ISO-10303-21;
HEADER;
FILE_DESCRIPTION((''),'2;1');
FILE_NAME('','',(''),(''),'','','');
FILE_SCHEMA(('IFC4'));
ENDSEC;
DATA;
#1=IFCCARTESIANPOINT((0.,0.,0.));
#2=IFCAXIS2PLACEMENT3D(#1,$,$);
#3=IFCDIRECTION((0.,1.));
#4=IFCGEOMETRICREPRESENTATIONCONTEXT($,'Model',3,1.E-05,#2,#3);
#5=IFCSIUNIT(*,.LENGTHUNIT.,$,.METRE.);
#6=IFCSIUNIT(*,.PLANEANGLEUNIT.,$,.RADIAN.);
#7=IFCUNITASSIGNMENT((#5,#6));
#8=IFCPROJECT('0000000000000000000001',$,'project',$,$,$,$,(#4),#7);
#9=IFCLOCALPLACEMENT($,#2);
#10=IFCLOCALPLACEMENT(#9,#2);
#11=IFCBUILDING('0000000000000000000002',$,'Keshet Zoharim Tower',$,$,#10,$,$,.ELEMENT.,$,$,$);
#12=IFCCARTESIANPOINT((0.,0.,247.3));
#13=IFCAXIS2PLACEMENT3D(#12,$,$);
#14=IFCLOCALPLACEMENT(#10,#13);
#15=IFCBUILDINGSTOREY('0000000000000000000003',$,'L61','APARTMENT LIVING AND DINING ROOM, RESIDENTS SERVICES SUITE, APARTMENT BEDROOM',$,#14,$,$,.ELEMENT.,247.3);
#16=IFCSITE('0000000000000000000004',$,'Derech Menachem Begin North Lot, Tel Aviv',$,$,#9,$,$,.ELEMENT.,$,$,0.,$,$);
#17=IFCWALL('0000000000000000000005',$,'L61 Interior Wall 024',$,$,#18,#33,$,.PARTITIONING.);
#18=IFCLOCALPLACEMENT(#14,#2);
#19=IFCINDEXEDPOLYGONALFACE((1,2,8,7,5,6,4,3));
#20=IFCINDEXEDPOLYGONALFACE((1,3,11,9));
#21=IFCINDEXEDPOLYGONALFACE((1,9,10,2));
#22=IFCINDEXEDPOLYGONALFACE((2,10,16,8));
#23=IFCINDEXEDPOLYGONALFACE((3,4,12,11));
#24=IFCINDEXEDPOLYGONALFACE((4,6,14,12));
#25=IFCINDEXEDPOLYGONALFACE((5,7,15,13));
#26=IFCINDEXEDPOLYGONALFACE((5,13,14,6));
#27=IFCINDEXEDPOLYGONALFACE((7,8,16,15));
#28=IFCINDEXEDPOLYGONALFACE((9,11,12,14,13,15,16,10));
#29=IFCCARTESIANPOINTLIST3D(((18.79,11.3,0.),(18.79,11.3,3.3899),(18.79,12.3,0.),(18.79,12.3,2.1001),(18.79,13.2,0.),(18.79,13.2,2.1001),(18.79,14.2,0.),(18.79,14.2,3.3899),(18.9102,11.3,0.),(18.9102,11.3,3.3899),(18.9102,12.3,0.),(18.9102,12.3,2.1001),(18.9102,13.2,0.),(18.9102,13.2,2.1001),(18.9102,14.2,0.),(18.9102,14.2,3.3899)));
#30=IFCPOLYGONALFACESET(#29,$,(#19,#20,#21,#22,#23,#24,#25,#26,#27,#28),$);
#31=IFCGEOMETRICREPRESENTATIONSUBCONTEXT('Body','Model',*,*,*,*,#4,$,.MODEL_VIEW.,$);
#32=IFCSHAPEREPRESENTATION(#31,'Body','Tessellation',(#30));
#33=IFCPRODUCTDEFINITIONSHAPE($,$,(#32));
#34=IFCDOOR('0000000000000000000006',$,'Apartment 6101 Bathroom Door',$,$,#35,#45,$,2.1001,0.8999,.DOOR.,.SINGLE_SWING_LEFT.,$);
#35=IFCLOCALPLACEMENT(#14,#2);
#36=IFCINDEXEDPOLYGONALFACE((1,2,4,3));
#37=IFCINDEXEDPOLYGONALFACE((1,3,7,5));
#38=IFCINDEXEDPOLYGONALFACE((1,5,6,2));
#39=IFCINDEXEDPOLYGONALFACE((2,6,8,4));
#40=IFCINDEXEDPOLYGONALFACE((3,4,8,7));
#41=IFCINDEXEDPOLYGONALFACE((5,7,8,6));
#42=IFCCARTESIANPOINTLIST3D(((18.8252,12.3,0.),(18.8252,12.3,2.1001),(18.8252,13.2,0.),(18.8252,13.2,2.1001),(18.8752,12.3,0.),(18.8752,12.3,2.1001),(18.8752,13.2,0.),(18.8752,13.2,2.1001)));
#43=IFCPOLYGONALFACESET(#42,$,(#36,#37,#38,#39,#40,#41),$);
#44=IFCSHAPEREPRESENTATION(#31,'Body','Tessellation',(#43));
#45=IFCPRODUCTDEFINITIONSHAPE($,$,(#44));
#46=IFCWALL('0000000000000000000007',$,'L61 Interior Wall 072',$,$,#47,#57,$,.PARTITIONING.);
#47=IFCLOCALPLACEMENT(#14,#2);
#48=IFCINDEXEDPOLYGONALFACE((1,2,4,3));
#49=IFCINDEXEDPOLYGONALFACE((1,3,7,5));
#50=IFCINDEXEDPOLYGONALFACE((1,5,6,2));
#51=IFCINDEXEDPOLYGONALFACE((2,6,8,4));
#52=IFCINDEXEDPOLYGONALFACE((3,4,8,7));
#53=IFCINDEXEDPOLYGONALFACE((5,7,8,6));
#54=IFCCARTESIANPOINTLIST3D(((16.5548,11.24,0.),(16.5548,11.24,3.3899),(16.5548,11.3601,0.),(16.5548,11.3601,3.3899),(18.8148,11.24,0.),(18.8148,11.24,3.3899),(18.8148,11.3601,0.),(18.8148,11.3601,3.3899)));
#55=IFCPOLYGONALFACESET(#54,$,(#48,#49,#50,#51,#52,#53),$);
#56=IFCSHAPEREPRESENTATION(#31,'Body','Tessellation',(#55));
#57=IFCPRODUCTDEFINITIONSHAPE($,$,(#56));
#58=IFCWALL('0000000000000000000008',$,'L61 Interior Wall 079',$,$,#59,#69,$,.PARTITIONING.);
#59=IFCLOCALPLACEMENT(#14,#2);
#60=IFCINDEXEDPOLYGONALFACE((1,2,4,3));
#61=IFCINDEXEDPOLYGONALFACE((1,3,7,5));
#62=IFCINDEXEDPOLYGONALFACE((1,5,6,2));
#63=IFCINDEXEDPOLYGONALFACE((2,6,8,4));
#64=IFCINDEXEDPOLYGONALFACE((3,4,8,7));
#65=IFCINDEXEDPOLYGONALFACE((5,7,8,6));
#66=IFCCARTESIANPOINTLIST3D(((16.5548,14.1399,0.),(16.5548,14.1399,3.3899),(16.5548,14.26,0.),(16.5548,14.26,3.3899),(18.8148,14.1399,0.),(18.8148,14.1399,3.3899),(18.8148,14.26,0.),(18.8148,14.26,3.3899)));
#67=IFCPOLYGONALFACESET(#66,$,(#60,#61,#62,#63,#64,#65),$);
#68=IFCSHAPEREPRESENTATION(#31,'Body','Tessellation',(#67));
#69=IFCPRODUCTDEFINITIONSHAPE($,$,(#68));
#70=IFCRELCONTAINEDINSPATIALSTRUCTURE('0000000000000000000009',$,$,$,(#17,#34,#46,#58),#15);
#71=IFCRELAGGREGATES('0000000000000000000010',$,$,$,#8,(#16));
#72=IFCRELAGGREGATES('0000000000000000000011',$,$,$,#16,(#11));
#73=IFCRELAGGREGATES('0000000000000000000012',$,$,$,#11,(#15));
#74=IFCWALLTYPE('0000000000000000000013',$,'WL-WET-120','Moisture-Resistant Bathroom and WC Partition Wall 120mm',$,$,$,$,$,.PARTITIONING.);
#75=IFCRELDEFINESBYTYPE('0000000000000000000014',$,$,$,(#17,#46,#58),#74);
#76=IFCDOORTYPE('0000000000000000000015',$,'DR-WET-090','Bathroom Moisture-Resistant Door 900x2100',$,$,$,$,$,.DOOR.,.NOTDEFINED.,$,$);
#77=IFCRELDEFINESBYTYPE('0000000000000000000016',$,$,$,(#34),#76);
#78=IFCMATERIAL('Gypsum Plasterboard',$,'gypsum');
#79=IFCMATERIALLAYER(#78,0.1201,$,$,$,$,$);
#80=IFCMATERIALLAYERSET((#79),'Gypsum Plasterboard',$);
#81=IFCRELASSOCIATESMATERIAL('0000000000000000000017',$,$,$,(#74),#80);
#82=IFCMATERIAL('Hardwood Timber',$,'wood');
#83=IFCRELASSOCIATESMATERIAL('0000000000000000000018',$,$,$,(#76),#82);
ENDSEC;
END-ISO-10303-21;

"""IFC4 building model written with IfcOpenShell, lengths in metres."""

from ifc_helpers import new_model, si_unit, direction, frame, frame_2d, origin, place, context, subcontext, project, spatial, rectangle, extrude, material, layer, layer_set, type_object, element, fill, save


model = new_model("IFC4")

# Units and contexts
model_context = context("Model", 3, precision=1e-05, world=origin(), true_north=direction((0.0, 1.0)))
body_context = subcontext(model_context, "Body", "Model", "MODEL_VIEW")
ifc_project = project(units=[si_unit("LENGTHUNIT", "METRE"), si_unit("PLANEANGLEUNIT", "RADIAN")], contexts=[model_context])

# Site, building, storey
site_placement = place(None, origin())
site = spatial("IfcSite", under=ifc_project, at=site_placement, Name="Derech Menachem Begin North Lot, Tel Aviv", CompositionType="ELEMENT", RefElevation=0.0)
building_placement = place(site_placement, origin())
building = spatial("IfcBuilding", under=site, at=building_placement, Name="Keshet Zoharim Tower", CompositionType="ELEMENT")
storey_placement = place(building_placement, frame((0.0, 0.0, 247.3)))
storey = spatial("IfcBuildingStorey", under=building, at=storey_placement, Name="L61", Description="APARTMENT LIVING AND DINING ROOM, RESIDENTS SERVICES SUITE, APARTMENT BEDROOM", CompositionType="ELEMENT", Elevation=247.3)

# Shared definitions
ifc_material_1 = material(Name="Gypsum Plasterboard", Category="gypsum")

# Shared definitions
ifc_material_2 = material(Name="Hardwood Timber", Category="wood")

# Shared definitions
ifc_layer_1 = layer(ifc_material_1, 0.1201)
ifc_layer_set_1 = layer_set([ifc_layer_1], Name="Gypsum Plasterboard")
wall_type_1 = type_object("IfcWallType", Name="WL-WET-120", Description="Moisture-Resistant Bathroom and WC Partition Wall 120mm", PredefinedType="PARTITIONING", material=ifc_layer_set_1)

# Wall, opening, door
wall_1_placement = place(storey_placement, frame((18.8501, 11.3, 0.0), z_axis=(0.0, 0.0, 1.0), x_axis=(0.0, 1.0, 0.0)))
wall_1 = element("IfcWall", 1, at=wall_1_placement, inside=storey, type_object=wall_type_1, Name="L61 Interior Wall 024", PredefinedType="PARTITIONING", context=body_context, shape_type="SweptSolid", body=[
    extrude(rectangle(XDim=2.8999, YDim=0.1201, at=frame_2d((1.45, 0.0))), origin(), (0.0, 0.0, 1.0), 3.3899),
])
opening_1_placement = place(wall_1_placement, frame((1.0, 0.0, 0.0)))
opening_1 = element("IfcOpeningElement", 2, at=opening_1_placement, cuts=wall_1, PredefinedType="OPENING", context=body_context, shape_type="SweptSolid", body=[
    extrude(rectangle(XDim=0.8999, YDim=2.1001, at=frame_2d((0.45, 1.05))), frame((0.0, 0.0701, 0.0), z_axis=(0.0, -1.0, 0.0), x_axis=(1.0, 0.0, 0.0)), (0.0, 0.0, 1.0), 0.1401),
])
door_type_1 = type_object("IfcDoorType", Name="DR-WET-090", Description="Bathroom Moisture-Resistant Door 900x2100", OperationType="NOTDEFINED", PredefinedType="DOOR", material=ifc_material_2)
door_1_placement = place(opening_1_placement, origin())
door_1 = element("IfcDoor", 3, at=door_1_placement, inside=storey, type_object=door_type_1, Name="Apartment 6101 Bathroom Door", OperationType="SINGLE_SWING_LEFT", OverallHeight=2.1001, OverallWidth=0.8999, PredefinedType="DOOR", context=body_context, shape_type="SweptSolid", body=[
    extrude(rectangle(XDim=0.8999, YDim=2.1001, at=frame_2d((0.45, 1.05))), frame((0.0, 0.0249, 0.0), z_axis=(0.0, -1.0, 0.0), x_axis=(1.0, 0.0, 0.0)), (0.0, 0.0, 1.0), 0.05),
])
fill(opening_1, door_1)

# Walls
for number, where, z_axis, x_axis, name in (
    (4, (16.5549, 11.3, 0.0), (0.0, 0.0, 1.0), (1.0, 0.0, 0.0), "L61 Interior Wall 072"),
    (5, (16.5549, 14.2, 0.0), (0.0, 0.0, 1.0), (1.0, 0.0, 0.0), "L61 Interior Wall 079"),
):
    element("IfcWall", number, at=place(storey_placement, frame(where, z_axis=z_axis, x_axis=x_axis)), inside=storey, type_object=wall_type_1, Name=name, PredefinedType="PARTITIONING", context=body_context, shape_type="SweptSolid", body=[
        extrude(rectangle(XDim=2.26, YDim=0.1201, at=frame_2d((1.1299, 0.0))), origin(), (0.0, 0.0, 1.0), 3.3899),
    ])

save(model, "model.ifc")
